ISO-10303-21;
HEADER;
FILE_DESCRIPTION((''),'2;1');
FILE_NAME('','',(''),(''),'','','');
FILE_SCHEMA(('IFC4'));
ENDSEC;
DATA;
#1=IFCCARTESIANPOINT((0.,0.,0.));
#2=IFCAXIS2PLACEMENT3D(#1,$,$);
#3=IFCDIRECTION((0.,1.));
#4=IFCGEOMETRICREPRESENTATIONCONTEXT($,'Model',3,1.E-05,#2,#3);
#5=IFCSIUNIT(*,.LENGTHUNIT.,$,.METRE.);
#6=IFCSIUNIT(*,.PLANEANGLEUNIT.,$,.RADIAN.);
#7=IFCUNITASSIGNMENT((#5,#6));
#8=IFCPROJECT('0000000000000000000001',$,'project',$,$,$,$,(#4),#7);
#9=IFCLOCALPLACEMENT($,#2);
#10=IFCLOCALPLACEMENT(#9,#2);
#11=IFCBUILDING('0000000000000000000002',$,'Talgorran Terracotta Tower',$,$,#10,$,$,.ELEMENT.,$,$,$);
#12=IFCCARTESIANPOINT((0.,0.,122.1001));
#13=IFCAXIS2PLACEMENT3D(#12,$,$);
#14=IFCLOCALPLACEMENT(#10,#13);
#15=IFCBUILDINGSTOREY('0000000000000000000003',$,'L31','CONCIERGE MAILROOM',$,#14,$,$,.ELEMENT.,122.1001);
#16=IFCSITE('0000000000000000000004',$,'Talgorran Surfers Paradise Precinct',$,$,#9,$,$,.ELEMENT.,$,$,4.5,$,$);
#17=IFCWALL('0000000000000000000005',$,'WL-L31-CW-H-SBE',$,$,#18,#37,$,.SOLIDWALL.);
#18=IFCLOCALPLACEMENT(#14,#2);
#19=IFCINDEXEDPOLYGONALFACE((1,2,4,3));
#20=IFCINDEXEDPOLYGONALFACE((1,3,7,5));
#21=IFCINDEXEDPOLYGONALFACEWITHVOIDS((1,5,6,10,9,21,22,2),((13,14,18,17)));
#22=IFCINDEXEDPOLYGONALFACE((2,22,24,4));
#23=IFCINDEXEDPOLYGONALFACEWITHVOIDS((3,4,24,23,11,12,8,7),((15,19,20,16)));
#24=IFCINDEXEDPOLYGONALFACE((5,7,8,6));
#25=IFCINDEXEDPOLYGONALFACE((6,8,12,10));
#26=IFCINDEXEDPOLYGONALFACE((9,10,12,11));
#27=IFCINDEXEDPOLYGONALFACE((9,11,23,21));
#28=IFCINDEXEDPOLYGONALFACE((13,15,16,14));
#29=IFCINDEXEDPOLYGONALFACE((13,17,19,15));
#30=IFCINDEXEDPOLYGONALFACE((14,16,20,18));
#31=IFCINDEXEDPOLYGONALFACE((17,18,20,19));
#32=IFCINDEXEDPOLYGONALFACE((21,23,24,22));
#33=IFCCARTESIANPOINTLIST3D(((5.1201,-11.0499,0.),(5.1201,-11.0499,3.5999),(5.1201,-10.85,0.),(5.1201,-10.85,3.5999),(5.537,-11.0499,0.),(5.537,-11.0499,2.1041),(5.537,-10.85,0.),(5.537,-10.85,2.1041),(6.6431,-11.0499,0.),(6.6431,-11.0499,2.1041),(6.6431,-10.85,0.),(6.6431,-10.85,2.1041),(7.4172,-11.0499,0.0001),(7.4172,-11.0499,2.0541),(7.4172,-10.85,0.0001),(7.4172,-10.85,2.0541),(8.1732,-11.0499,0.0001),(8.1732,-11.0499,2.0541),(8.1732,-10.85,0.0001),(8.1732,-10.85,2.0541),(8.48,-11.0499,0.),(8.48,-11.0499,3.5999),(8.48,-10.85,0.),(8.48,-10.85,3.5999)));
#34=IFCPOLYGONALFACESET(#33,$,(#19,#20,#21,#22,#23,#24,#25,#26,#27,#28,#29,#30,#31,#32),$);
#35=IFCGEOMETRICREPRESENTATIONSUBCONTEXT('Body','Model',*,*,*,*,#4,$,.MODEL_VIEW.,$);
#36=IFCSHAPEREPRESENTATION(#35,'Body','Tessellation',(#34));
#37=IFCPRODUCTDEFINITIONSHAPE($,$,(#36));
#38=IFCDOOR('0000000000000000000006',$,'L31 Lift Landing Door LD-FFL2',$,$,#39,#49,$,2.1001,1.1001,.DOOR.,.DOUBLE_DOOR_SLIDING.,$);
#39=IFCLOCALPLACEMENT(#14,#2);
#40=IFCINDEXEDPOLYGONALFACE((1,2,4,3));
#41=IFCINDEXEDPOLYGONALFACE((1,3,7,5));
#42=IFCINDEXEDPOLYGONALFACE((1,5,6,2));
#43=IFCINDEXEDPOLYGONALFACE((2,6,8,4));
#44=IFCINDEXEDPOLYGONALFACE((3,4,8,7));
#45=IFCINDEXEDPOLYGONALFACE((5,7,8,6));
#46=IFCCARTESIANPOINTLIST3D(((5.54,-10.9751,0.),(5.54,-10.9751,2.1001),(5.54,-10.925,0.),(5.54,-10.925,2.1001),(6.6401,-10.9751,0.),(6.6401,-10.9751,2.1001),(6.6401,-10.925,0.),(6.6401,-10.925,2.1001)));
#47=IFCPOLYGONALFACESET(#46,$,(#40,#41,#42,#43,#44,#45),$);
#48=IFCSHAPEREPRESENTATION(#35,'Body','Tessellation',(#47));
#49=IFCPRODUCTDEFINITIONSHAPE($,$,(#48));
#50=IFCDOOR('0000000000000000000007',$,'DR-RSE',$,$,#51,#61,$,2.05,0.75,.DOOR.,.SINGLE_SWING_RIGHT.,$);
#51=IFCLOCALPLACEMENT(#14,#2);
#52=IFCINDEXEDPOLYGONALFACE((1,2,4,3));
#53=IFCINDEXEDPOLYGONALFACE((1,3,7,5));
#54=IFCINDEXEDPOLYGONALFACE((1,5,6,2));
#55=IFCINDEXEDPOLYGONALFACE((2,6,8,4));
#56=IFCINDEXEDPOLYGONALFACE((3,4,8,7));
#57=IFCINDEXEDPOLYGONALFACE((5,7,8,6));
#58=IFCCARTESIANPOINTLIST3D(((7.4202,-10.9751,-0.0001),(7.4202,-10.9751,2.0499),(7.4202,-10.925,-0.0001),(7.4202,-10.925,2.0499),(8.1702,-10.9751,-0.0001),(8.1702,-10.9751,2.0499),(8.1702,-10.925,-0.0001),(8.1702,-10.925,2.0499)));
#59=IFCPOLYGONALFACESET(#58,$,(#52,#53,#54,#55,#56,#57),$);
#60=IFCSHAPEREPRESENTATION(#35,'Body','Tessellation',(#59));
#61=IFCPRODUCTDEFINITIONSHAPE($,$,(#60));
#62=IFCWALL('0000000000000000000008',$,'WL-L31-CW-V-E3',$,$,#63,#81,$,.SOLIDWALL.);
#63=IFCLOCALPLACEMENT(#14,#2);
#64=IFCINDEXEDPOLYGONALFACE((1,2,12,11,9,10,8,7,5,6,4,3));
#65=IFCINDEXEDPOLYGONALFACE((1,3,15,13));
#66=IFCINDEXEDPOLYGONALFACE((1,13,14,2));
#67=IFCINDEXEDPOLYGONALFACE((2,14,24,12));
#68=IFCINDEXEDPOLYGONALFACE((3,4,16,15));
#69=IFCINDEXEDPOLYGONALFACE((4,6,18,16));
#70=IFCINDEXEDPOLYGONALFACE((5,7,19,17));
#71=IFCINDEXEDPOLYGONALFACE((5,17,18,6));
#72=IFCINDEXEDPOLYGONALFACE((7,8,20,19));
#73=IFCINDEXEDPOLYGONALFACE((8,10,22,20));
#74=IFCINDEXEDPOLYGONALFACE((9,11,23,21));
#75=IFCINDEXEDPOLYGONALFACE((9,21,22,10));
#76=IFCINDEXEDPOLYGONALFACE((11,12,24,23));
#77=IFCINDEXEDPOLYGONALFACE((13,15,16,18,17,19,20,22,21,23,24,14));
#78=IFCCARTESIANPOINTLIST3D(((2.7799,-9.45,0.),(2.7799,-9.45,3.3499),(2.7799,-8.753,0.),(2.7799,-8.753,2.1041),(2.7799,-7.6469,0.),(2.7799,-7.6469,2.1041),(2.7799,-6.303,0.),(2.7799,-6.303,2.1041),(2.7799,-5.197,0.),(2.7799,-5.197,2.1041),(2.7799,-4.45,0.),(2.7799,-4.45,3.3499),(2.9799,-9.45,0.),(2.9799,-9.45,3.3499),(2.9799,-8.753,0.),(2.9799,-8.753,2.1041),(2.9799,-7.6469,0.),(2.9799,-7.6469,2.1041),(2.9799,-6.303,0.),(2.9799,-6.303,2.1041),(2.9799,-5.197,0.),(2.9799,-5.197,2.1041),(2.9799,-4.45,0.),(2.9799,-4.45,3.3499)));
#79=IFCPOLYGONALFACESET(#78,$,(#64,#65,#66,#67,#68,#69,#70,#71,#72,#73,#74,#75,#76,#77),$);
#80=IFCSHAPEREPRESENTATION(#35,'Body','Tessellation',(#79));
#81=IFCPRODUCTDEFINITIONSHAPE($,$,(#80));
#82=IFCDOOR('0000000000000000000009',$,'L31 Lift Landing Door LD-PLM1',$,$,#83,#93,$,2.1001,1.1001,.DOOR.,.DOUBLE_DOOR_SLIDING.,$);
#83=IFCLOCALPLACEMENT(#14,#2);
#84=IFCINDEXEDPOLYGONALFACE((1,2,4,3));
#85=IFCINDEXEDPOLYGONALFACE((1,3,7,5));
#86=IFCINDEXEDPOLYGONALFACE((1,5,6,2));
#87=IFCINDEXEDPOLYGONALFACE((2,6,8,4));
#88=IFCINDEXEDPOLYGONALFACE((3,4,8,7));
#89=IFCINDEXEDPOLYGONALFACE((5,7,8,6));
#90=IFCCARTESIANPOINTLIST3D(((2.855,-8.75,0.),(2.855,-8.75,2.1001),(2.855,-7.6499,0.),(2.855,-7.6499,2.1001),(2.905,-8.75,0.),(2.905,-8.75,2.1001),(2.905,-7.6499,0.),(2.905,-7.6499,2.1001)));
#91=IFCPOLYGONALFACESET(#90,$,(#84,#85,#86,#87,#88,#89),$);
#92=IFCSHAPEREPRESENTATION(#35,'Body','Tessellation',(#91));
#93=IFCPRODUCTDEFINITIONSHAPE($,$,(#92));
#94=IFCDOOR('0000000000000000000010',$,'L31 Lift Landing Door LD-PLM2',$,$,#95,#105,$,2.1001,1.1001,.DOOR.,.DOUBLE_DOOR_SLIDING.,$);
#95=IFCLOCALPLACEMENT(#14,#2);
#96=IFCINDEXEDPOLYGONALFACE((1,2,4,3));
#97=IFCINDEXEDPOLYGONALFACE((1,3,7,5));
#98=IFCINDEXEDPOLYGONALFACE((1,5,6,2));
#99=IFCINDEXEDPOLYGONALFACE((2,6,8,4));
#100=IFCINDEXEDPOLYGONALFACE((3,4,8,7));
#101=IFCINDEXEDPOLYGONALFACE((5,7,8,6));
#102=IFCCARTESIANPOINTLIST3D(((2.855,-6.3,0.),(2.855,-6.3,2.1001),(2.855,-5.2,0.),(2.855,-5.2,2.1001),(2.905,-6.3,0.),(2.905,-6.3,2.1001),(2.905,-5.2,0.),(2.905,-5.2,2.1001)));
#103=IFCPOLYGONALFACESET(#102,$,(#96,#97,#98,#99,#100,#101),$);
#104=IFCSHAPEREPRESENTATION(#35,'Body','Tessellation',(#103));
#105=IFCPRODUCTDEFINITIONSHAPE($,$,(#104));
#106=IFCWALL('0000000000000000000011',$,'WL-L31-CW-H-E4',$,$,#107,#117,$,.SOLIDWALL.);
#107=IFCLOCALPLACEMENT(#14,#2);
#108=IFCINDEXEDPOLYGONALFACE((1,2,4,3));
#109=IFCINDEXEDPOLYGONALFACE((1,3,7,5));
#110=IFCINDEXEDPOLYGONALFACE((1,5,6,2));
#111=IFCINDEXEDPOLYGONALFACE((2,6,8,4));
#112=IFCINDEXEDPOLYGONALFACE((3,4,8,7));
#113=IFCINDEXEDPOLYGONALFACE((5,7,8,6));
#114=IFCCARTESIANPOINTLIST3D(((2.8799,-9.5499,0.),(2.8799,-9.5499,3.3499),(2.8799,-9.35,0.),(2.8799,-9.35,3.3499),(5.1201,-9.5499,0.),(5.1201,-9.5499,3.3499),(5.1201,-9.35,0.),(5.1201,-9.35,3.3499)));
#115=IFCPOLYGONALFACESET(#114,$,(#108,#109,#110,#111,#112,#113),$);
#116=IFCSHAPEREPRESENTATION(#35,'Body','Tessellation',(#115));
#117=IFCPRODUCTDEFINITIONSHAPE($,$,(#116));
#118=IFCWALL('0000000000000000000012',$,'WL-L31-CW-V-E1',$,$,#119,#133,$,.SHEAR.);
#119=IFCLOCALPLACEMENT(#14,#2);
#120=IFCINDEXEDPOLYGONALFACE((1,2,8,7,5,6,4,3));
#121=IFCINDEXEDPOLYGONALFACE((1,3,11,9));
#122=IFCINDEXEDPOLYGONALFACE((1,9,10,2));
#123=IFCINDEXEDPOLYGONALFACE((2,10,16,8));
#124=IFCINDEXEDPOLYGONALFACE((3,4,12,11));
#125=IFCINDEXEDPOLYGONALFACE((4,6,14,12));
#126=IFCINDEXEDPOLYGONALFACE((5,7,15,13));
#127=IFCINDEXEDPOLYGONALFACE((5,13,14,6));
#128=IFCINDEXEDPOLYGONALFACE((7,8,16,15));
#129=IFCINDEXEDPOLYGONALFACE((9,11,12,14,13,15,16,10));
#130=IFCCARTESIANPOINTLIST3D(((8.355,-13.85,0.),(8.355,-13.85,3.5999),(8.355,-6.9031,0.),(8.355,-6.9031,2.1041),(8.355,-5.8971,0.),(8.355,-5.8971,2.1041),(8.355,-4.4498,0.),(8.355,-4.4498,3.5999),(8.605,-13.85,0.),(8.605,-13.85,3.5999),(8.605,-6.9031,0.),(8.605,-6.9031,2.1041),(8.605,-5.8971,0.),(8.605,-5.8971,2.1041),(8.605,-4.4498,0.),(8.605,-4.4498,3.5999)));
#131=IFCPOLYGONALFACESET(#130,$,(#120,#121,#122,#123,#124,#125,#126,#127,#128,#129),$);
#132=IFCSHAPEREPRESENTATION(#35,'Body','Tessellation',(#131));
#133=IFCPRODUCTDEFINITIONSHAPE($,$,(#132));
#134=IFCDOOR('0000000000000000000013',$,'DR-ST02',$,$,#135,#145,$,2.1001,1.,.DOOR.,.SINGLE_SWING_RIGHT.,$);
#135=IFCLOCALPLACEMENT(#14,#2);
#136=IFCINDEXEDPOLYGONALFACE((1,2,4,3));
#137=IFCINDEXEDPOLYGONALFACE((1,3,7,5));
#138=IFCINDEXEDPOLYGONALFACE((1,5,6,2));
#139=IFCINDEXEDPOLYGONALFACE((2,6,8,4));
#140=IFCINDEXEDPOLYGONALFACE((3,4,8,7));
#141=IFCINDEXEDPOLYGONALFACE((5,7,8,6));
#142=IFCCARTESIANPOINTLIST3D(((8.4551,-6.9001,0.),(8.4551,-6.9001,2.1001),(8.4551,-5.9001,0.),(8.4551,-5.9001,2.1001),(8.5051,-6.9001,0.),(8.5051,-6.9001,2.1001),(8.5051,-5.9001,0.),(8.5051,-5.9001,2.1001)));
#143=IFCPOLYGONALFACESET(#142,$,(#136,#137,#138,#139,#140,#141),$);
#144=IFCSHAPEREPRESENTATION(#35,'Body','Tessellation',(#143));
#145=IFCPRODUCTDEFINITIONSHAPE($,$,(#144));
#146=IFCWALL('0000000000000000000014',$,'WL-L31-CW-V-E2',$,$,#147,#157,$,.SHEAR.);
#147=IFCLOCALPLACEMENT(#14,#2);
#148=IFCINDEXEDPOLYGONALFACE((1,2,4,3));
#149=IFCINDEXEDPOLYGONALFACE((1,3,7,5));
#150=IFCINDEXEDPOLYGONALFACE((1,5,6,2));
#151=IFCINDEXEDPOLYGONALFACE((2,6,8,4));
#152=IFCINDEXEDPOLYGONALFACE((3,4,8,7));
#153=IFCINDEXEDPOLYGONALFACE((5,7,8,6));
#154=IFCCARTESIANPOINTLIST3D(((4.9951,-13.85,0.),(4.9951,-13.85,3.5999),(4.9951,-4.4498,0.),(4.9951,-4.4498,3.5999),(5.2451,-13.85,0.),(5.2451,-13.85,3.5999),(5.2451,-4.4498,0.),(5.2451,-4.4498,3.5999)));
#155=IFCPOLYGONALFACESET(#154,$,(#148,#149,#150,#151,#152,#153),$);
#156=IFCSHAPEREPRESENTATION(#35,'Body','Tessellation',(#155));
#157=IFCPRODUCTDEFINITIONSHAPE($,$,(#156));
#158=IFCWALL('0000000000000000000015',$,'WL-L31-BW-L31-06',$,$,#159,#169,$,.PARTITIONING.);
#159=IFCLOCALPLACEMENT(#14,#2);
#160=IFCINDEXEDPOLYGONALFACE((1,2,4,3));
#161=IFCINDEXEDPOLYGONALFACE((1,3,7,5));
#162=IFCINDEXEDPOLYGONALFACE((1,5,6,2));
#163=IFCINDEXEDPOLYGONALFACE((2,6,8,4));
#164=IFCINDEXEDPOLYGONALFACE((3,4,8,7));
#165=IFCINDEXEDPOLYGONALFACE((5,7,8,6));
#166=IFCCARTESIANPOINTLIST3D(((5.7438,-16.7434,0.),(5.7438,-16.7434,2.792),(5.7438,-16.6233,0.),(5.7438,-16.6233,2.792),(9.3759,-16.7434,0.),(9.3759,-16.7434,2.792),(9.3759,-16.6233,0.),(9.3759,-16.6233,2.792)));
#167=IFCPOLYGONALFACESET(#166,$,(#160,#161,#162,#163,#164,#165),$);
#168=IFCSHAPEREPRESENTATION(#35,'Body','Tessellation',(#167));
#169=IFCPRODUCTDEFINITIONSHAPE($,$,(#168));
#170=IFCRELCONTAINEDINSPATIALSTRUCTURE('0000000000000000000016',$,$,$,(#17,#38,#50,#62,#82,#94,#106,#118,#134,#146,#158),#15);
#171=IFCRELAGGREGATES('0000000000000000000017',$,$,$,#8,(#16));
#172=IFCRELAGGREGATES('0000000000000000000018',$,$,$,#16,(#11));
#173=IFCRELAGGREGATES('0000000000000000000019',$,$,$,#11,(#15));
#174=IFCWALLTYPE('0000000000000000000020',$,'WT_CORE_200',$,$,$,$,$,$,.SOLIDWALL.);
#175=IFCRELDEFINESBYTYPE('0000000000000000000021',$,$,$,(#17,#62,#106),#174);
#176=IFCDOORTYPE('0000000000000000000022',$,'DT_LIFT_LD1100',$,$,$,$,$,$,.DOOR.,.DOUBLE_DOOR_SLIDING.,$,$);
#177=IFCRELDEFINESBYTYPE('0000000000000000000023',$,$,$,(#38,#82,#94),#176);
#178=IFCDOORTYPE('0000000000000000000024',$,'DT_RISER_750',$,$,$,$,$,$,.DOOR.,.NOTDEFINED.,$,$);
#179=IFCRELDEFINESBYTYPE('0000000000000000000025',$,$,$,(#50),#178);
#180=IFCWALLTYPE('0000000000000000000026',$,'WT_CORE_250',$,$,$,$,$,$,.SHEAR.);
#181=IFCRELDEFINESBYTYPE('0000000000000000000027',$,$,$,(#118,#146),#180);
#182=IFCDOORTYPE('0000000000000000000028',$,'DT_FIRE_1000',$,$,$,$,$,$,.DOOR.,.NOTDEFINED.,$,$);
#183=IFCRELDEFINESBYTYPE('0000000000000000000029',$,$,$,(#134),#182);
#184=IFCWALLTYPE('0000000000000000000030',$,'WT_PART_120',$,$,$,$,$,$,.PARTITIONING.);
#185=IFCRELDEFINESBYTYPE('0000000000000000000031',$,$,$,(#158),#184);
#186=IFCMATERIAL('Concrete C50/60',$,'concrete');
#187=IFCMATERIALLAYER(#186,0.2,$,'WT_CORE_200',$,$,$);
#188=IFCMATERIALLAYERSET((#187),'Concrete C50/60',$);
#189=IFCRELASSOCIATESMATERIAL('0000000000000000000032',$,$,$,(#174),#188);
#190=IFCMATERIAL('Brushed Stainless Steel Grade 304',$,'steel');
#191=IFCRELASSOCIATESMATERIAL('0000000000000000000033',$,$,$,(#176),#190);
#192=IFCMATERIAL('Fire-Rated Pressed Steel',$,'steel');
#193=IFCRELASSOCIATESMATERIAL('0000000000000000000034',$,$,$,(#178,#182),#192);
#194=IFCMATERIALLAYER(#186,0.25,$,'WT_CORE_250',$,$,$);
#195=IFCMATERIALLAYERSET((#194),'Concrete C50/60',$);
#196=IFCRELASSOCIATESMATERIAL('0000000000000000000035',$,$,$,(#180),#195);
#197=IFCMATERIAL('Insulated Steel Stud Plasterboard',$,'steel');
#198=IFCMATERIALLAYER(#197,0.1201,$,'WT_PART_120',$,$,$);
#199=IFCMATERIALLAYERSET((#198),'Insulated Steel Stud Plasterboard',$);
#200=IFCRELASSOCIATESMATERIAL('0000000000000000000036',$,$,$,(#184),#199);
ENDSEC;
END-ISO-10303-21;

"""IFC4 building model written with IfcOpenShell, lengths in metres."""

from ifc_helpers import new_model, si_unit, direction, frame, frame_2d, origin, place, context, subcontext, project, spatial, rectangle, extrude, material, layer, layer_set, type_object, element, fill, save


model = new_model("IFC4")

# Units and contexts
model_context = context("Model", 3, precision=1e-05, world=origin(), true_north=direction((0.0, 1.0)))
body_context = subcontext(model_context, "Body", "Model", "MODEL_VIEW")
ifc_project = project(units=[si_unit("LENGTHUNIT", "METRE"), si_unit("PLANEANGLEUNIT", "RADIAN")], contexts=[model_context])

# Site, building, storey
site_placement = place(None, origin())
site = spatial("IfcSite", under=ifc_project, at=site_placement, Name="Talgorran Surfers Paradise Precinct", CompositionType="ELEMENT", RefElevation=4.5)
building_placement = place(site_placement, origin())
building = spatial("IfcBuilding", under=site, at=building_placement, Name="Talgorran Terracotta Tower", CompositionType="ELEMENT")
storey_placement = place(building_placement, frame((0.0, 0.0, 122.1001)))
storey = spatial("IfcBuildingStorey", under=building, at=storey_placement, Name="L31", Description="CONCIERGE MAILROOM", CompositionType="ELEMENT", Elevation=122.1001)

# Shared definitions
ifc_material_1 = material(Name="Concrete C50/60", Category="concrete")

# Shared definitions
ifc_layer_1 = layer(ifc_material_1, 0.2, Name="WT_CORE_200")
ifc_layer_set_1 = layer_set([ifc_layer_1], Name="Concrete C50/60")
wall_type_1 = type_object("IfcWallType", Name="WT_CORE_200", PredefinedType="SOLIDWALL", material=ifc_layer_set_1)

# Walls, openings, doors
wall_1_placement = place(storey_placement, frame((5.1201, -10.95, 0.0), z_axis=(0.0, 0.0, 1.0), x_axis=(1.0, 0.0, 0.0)))
wall_1 = element("IfcWall", 1, at=wall_1_placement, inside=storey, type_object=wall_type_1, Name="WL-L31-CW-H-SBE", PredefinedType="SOLIDWALL", context=body_context, shape_type="SweptSolid", body=[
    extrude(rectangle(XDim=3.3599, YDim=0.2, at=frame_2d((1.6799, 0.0))), origin(), (0.0, 0.0, 1.0), 3.5999),
])
opening_1_placement = place(wall_1_placement, frame((0.4199, 0.0, 0.0)))
opening_1 = element("IfcOpeningElement", 2, at=opening_1_placement, cuts=wall_1, PredefinedType="OPENING", context=body_context, shape_type="SweptSolid", body=[
    extrude(rectangle(XDim=1.1061, YDim=2.1041, at=frame_2d((0.55, 1.052))), frame((0.0, 0.1099, 0.0), z_axis=(0.0, -1.0, 0.0), x_axis=(1.0, 0.0, 0.0)), (0.0, 0.0, 1.0), 0.22),
])
opening_2_placement = place(wall_1_placement, frame((2.3, 0.0, 0.0)))
opening_2 = element("IfcOpeningElement", 3, at=opening_2_placement, cuts=wall_1, PredefinedType="OPENING", context=body_context, shape_type="SweptSolid", body=[
    extrude(rectangle(XDim=0.756, YDim=2.054, at=frame_2d((0.375, 1.0271))), frame((0.0, 0.1099, 0.0), z_axis=(0.0, -1.0, 0.0), x_axis=(1.0, 0.0, 0.0)), (0.0, 0.0, 1.0), 0.22),
])
ifc_material_2 = material(Name="Brushed Stainless Steel Grade 304", Category="steel")
door_type_1 = type_object("IfcDoorType", Name="DT_LIFT_LD1100", OperationType="DOUBLE_DOOR_SLIDING", PredefinedType="DOOR", material=ifc_material_2)
door_1_placement = place(opening_1_placement, origin())
door_1 = element("IfcDoor", 4, at=door_1_placement, inside=storey, type_object=door_type_1, Name="L31 Lift Landing Door LD-FFL2", OperationType="DOUBLE_DOOR_SLIDING", OverallHeight=2.1001, OverallWidth=1.1001, PredefinedType="DOOR", context=body_context, shape_type="SweptSolid", body=[
    extrude(rectangle(XDim=1.1001, YDim=2.1001, at=frame_2d((0.55, 1.05))), frame((0.0, 0.0249, 0.0), z_axis=(0.0, -1.0, 0.0), x_axis=(1.0, 0.0, 0.0)), (0.0, 0.0, 1.0), 0.05),
])
fill(opening_1, door_1)
ifc_material_3 = material(Name="Fire-Rated Pressed Steel", Category="steel")
door_type_2 = type_object("IfcDoorType", Name="DT_RISER_750", OperationType="NOTDEFINED", PredefinedType="DOOR", material=ifc_material_3)
door_2_placement = place(opening_2_placement, origin())
door_2 = element("IfcDoor", 5, at=door_2_placement, inside=storey, type_object=door_type_2, Name="DR-RSE", OperationType="SINGLE_SWING_RIGHT", OverallHeight=2.05, OverallWidth=0.75, PredefinedType="DOOR", context=body_context, shape_type="SweptSolid", body=[
    extrude(rectangle(XDim=0.75, YDim=2.05, at=frame_2d((0.375, 1.0249))), frame((0.0, 0.0249, 0.0), z_axis=(0.0, -1.0, 0.0), x_axis=(1.0, 0.0, 0.0)), (0.0, 0.0, 1.0), 0.05),
])
fill(opening_2, door_2)
wall_2_placement = place(storey_placement, frame((2.8799, -9.45, 0.0), z_axis=(0.0, 0.0, 1.0), x_axis=(0.0, 1.0, 0.0)))
wall_2 = element("IfcWall", 6, at=wall_2_placement, inside=storey, type_object=wall_type_1, Name="WL-L31-CW-V-E3", PredefinedType="SOLIDWALL", context=body_context, shape_type="SweptSolid", body=[
    extrude(rectangle(XDim=5.0, YDim=0.2, at=frame_2d((2.5, 0.0))), origin(), (0.0, 0.0, 1.0), 3.3499),
])
opening_3_placement = place(wall_2_placement, frame((0.7, 0.0, 0.0)))
opening_3 = element("IfcOpeningElement", 7, at=opening_3_placement, cuts=wall_2, PredefinedType="OPENING", context=body_context, shape_type="SweptSolid", body=[
    extrude(rectangle(XDim=1.1061, YDim=2.1041, at=frame_2d((0.55, 1.052))), frame((0.0, 0.1099, 0.0), z_axis=(0.0, -1.0, 0.0), x_axis=(1.0, 0.0, 0.0)), (0.0, 0.0, 1.0), 0.22),
])
opening_4_placement = place(wall_2_placement, frame((3.1499, 0.0, 0.0)))
opening_4 = element("IfcOpeningElement", 8, at=opening_4_placement, cuts=wall_2, PredefinedType="OPENING", context=body_context, shape_type="SweptSolid", body=[
    extrude(rectangle(XDim=1.1061, YDim=2.1041, at=frame_2d((0.55, 1.052))), frame((0.0, 0.1099, 0.0), z_axis=(0.0, -1.0, 0.0), x_axis=(1.0, 0.0, 0.0)), (0.0, 0.0, 1.0), 0.22),
])
door_3_placement = place(opening_3_placement, origin())
door_3 = element("IfcDoor", 9, at=door_3_placement, inside=storey, type_object=door_type_1, Name="L31 Lift Landing Door LD-PLM1", OperationType="DOUBLE_DOOR_SLIDING", OverallHeight=2.1001, OverallWidth=1.1001, PredefinedType="DOOR", context=body_context, shape_type="SweptSolid", body=[
    extrude(rectangle(XDim=1.1001, YDim=2.1001, at=frame_2d((0.55, 1.05))), frame((0.0, 0.0249, 0.0), z_axis=(0.0, -1.0, 0.0), x_axis=(1.0, 0.0, 0.0)), (0.0, 0.0, 1.0), 0.05),
])
fill(opening_3, door_3)
door_4_placement = place(opening_4_placement, origin())
door_4 = element("IfcDoor", 10, at=door_4_placement, inside=storey, type_object=door_type_1, Name="L31 Lift Landing Door LD-PLM2", OperationType="DOUBLE_DOOR_SLIDING", OverallHeight=2.1001, OverallWidth=1.1001, PredefinedType="DOOR", context=body_context, shape_type="SweptSolid", body=[
    extrude(rectangle(XDim=1.1001, YDim=2.1001, at=frame_2d((0.55, 1.05))), frame((0.0, 0.0249, 0.0), z_axis=(0.0, -1.0, 0.0), x_axis=(1.0, 0.0, 0.0)), (0.0, 0.0, 1.0), 0.05),
])
fill(opening_4, door_4)

# Wall
wall_3_placement = place(storey_placement, frame((2.8799, -9.45, 0.0), z_axis=(0.0, 0.0, 1.0), x_axis=(1.0, 0.0, 0.0)))
element("IfcWall", 11, at=wall_3_placement, inside=storey, type_object=wall_type_1, Name="WL-L31-CW-H-E4", PredefinedType="SOLIDWALL", context=body_context, shape_type="SweptSolid", body=[
    extrude(rectangle(XDim=2.2402, YDim=0.2, at=frame_2d((1.1201, 0.0))), origin(), (0.0, 0.0, 1.0), 3.3499),
])

# Wall, opening, door
ifc_layer_2 = layer(ifc_material_1, 0.25, Name="WT_CORE_250")
ifc_layer_set_2 = layer_set([ifc_layer_2], Name="Concrete C50/60")
wall_type_2 = type_object("IfcWallType", Name="WT_CORE_250", PredefinedType="SHEAR", material=ifc_layer_set_2)
wall_4_placement = place(storey_placement, frame((8.48, -13.8501, 0.0), z_axis=(0.0, 0.0, 1.0), x_axis=(0.0, 1.0, 0.0)))
wall_4 = element("IfcWall", 12, at=wall_4_placement, inside=storey, type_object=wall_type_2, Name="WL-L31-CW-V-E1", PredefinedType="SHEAR", context=body_context, shape_type="SweptSolid", body=[
    extrude(rectangle(XDim=9.4001, YDim=0.25, at=frame_2d((4.7002, 0.0))), origin(), (0.0, 0.0, 1.0), 3.5999),
])
opening_5_placement = place(wall_4_placement, frame((6.95, 0.0, 0.0)))
opening_5 = element("IfcOpeningElement", 13, at=opening_5_placement, cuts=wall_4, PredefinedType="OPENING", context=body_context, shape_type="SweptSolid", body=[
    extrude(rectangle(XDim=1.006, YDim=2.1041, at=frame_2d((0.5, 1.052))), frame((0.0, 0.135, 0.0), z_axis=(0.0, -1.0, 0.0), x_axis=(1.0, 0.0, 0.0)), (0.0, 0.0, 1.0), 0.27),
])
door_type_3 = type_object("IfcDoorType", Name="DT_FIRE_1000", OperationType="NOTDEFINED", PredefinedType="DOOR", material=ifc_material_3)
door_5_placement = place(opening_5_placement, origin())
door_5 = element("IfcDoor", 14, at=door_5_placement, inside=storey, type_object=door_type_3, Name="DR-ST02", OperationType="SINGLE_SWING_RIGHT", OverallHeight=2.1001, OverallWidth=1.0, PredefinedType="DOOR", context=body_context, shape_type="SweptSolid", body=[
    extrude(rectangle(XDim=1.0, YDim=2.1001, at=frame_2d((0.5, 1.05))), frame((0.0, 0.0249, 0.0), z_axis=(0.0, -1.0, 0.0), x_axis=(1.0, 0.0, 0.0)), (0.0, 0.0, 1.0), 0.05),
])
fill(opening_5, door_5)

# Walls
wall_5_placement = place(storey_placement, frame((5.1201, -13.8501, 0.0), z_axis=(0.0, 0.0, 1.0), x_axis=(0.0, 1.0, 0.0)))
element("IfcWall", 15, at=wall_5_placement, inside=storey, type_object=wall_type_2, Name="WL-L31-CW-V-E2", PredefinedType="SHEAR", context=body_context, shape_type="SweptSolid", body=[
    extrude(rectangle(XDim=9.4001, YDim=0.25, at=frame_2d((4.7002, 0.0))), origin(), (0.0, 0.0, 1.0), 3.5999),
])
ifc_material_4 = material(Name="Insulated Steel Stud Plasterboard", Category="steel")
ifc_layer_3 = layer(ifc_material_4, 0.1201, Name="WT_PART_120")
ifc_layer_set_3 = layer_set([ifc_layer_3], Name="Insulated Steel Stud Plasterboard")
wall_type_3 = type_object("IfcWallType", Name="WT_PART_120", PredefinedType="PARTITIONING", material=ifc_layer_set_3)
wall_6_placement = place(storey_placement, frame((5.7439, -16.6833, 0.0), z_axis=(0.0, 0.0, 1.0), x_axis=(1.0, 0.0, 0.0)))
element("IfcWall", 16, at=wall_6_placement, inside=storey, type_object=wall_type_3, Name="WL-L31-BW-L31-06", PredefinedType="PARTITIONING", context=body_context, shape_type="SweptSolid", body=[
    extrude(rectangle(XDim=3.6321, YDim=0.1201, at=frame_2d((1.8159, 0.0))), origin(), (0.0, 0.0, 1.0), 2.792),
])

save(model, "model.ifc")
